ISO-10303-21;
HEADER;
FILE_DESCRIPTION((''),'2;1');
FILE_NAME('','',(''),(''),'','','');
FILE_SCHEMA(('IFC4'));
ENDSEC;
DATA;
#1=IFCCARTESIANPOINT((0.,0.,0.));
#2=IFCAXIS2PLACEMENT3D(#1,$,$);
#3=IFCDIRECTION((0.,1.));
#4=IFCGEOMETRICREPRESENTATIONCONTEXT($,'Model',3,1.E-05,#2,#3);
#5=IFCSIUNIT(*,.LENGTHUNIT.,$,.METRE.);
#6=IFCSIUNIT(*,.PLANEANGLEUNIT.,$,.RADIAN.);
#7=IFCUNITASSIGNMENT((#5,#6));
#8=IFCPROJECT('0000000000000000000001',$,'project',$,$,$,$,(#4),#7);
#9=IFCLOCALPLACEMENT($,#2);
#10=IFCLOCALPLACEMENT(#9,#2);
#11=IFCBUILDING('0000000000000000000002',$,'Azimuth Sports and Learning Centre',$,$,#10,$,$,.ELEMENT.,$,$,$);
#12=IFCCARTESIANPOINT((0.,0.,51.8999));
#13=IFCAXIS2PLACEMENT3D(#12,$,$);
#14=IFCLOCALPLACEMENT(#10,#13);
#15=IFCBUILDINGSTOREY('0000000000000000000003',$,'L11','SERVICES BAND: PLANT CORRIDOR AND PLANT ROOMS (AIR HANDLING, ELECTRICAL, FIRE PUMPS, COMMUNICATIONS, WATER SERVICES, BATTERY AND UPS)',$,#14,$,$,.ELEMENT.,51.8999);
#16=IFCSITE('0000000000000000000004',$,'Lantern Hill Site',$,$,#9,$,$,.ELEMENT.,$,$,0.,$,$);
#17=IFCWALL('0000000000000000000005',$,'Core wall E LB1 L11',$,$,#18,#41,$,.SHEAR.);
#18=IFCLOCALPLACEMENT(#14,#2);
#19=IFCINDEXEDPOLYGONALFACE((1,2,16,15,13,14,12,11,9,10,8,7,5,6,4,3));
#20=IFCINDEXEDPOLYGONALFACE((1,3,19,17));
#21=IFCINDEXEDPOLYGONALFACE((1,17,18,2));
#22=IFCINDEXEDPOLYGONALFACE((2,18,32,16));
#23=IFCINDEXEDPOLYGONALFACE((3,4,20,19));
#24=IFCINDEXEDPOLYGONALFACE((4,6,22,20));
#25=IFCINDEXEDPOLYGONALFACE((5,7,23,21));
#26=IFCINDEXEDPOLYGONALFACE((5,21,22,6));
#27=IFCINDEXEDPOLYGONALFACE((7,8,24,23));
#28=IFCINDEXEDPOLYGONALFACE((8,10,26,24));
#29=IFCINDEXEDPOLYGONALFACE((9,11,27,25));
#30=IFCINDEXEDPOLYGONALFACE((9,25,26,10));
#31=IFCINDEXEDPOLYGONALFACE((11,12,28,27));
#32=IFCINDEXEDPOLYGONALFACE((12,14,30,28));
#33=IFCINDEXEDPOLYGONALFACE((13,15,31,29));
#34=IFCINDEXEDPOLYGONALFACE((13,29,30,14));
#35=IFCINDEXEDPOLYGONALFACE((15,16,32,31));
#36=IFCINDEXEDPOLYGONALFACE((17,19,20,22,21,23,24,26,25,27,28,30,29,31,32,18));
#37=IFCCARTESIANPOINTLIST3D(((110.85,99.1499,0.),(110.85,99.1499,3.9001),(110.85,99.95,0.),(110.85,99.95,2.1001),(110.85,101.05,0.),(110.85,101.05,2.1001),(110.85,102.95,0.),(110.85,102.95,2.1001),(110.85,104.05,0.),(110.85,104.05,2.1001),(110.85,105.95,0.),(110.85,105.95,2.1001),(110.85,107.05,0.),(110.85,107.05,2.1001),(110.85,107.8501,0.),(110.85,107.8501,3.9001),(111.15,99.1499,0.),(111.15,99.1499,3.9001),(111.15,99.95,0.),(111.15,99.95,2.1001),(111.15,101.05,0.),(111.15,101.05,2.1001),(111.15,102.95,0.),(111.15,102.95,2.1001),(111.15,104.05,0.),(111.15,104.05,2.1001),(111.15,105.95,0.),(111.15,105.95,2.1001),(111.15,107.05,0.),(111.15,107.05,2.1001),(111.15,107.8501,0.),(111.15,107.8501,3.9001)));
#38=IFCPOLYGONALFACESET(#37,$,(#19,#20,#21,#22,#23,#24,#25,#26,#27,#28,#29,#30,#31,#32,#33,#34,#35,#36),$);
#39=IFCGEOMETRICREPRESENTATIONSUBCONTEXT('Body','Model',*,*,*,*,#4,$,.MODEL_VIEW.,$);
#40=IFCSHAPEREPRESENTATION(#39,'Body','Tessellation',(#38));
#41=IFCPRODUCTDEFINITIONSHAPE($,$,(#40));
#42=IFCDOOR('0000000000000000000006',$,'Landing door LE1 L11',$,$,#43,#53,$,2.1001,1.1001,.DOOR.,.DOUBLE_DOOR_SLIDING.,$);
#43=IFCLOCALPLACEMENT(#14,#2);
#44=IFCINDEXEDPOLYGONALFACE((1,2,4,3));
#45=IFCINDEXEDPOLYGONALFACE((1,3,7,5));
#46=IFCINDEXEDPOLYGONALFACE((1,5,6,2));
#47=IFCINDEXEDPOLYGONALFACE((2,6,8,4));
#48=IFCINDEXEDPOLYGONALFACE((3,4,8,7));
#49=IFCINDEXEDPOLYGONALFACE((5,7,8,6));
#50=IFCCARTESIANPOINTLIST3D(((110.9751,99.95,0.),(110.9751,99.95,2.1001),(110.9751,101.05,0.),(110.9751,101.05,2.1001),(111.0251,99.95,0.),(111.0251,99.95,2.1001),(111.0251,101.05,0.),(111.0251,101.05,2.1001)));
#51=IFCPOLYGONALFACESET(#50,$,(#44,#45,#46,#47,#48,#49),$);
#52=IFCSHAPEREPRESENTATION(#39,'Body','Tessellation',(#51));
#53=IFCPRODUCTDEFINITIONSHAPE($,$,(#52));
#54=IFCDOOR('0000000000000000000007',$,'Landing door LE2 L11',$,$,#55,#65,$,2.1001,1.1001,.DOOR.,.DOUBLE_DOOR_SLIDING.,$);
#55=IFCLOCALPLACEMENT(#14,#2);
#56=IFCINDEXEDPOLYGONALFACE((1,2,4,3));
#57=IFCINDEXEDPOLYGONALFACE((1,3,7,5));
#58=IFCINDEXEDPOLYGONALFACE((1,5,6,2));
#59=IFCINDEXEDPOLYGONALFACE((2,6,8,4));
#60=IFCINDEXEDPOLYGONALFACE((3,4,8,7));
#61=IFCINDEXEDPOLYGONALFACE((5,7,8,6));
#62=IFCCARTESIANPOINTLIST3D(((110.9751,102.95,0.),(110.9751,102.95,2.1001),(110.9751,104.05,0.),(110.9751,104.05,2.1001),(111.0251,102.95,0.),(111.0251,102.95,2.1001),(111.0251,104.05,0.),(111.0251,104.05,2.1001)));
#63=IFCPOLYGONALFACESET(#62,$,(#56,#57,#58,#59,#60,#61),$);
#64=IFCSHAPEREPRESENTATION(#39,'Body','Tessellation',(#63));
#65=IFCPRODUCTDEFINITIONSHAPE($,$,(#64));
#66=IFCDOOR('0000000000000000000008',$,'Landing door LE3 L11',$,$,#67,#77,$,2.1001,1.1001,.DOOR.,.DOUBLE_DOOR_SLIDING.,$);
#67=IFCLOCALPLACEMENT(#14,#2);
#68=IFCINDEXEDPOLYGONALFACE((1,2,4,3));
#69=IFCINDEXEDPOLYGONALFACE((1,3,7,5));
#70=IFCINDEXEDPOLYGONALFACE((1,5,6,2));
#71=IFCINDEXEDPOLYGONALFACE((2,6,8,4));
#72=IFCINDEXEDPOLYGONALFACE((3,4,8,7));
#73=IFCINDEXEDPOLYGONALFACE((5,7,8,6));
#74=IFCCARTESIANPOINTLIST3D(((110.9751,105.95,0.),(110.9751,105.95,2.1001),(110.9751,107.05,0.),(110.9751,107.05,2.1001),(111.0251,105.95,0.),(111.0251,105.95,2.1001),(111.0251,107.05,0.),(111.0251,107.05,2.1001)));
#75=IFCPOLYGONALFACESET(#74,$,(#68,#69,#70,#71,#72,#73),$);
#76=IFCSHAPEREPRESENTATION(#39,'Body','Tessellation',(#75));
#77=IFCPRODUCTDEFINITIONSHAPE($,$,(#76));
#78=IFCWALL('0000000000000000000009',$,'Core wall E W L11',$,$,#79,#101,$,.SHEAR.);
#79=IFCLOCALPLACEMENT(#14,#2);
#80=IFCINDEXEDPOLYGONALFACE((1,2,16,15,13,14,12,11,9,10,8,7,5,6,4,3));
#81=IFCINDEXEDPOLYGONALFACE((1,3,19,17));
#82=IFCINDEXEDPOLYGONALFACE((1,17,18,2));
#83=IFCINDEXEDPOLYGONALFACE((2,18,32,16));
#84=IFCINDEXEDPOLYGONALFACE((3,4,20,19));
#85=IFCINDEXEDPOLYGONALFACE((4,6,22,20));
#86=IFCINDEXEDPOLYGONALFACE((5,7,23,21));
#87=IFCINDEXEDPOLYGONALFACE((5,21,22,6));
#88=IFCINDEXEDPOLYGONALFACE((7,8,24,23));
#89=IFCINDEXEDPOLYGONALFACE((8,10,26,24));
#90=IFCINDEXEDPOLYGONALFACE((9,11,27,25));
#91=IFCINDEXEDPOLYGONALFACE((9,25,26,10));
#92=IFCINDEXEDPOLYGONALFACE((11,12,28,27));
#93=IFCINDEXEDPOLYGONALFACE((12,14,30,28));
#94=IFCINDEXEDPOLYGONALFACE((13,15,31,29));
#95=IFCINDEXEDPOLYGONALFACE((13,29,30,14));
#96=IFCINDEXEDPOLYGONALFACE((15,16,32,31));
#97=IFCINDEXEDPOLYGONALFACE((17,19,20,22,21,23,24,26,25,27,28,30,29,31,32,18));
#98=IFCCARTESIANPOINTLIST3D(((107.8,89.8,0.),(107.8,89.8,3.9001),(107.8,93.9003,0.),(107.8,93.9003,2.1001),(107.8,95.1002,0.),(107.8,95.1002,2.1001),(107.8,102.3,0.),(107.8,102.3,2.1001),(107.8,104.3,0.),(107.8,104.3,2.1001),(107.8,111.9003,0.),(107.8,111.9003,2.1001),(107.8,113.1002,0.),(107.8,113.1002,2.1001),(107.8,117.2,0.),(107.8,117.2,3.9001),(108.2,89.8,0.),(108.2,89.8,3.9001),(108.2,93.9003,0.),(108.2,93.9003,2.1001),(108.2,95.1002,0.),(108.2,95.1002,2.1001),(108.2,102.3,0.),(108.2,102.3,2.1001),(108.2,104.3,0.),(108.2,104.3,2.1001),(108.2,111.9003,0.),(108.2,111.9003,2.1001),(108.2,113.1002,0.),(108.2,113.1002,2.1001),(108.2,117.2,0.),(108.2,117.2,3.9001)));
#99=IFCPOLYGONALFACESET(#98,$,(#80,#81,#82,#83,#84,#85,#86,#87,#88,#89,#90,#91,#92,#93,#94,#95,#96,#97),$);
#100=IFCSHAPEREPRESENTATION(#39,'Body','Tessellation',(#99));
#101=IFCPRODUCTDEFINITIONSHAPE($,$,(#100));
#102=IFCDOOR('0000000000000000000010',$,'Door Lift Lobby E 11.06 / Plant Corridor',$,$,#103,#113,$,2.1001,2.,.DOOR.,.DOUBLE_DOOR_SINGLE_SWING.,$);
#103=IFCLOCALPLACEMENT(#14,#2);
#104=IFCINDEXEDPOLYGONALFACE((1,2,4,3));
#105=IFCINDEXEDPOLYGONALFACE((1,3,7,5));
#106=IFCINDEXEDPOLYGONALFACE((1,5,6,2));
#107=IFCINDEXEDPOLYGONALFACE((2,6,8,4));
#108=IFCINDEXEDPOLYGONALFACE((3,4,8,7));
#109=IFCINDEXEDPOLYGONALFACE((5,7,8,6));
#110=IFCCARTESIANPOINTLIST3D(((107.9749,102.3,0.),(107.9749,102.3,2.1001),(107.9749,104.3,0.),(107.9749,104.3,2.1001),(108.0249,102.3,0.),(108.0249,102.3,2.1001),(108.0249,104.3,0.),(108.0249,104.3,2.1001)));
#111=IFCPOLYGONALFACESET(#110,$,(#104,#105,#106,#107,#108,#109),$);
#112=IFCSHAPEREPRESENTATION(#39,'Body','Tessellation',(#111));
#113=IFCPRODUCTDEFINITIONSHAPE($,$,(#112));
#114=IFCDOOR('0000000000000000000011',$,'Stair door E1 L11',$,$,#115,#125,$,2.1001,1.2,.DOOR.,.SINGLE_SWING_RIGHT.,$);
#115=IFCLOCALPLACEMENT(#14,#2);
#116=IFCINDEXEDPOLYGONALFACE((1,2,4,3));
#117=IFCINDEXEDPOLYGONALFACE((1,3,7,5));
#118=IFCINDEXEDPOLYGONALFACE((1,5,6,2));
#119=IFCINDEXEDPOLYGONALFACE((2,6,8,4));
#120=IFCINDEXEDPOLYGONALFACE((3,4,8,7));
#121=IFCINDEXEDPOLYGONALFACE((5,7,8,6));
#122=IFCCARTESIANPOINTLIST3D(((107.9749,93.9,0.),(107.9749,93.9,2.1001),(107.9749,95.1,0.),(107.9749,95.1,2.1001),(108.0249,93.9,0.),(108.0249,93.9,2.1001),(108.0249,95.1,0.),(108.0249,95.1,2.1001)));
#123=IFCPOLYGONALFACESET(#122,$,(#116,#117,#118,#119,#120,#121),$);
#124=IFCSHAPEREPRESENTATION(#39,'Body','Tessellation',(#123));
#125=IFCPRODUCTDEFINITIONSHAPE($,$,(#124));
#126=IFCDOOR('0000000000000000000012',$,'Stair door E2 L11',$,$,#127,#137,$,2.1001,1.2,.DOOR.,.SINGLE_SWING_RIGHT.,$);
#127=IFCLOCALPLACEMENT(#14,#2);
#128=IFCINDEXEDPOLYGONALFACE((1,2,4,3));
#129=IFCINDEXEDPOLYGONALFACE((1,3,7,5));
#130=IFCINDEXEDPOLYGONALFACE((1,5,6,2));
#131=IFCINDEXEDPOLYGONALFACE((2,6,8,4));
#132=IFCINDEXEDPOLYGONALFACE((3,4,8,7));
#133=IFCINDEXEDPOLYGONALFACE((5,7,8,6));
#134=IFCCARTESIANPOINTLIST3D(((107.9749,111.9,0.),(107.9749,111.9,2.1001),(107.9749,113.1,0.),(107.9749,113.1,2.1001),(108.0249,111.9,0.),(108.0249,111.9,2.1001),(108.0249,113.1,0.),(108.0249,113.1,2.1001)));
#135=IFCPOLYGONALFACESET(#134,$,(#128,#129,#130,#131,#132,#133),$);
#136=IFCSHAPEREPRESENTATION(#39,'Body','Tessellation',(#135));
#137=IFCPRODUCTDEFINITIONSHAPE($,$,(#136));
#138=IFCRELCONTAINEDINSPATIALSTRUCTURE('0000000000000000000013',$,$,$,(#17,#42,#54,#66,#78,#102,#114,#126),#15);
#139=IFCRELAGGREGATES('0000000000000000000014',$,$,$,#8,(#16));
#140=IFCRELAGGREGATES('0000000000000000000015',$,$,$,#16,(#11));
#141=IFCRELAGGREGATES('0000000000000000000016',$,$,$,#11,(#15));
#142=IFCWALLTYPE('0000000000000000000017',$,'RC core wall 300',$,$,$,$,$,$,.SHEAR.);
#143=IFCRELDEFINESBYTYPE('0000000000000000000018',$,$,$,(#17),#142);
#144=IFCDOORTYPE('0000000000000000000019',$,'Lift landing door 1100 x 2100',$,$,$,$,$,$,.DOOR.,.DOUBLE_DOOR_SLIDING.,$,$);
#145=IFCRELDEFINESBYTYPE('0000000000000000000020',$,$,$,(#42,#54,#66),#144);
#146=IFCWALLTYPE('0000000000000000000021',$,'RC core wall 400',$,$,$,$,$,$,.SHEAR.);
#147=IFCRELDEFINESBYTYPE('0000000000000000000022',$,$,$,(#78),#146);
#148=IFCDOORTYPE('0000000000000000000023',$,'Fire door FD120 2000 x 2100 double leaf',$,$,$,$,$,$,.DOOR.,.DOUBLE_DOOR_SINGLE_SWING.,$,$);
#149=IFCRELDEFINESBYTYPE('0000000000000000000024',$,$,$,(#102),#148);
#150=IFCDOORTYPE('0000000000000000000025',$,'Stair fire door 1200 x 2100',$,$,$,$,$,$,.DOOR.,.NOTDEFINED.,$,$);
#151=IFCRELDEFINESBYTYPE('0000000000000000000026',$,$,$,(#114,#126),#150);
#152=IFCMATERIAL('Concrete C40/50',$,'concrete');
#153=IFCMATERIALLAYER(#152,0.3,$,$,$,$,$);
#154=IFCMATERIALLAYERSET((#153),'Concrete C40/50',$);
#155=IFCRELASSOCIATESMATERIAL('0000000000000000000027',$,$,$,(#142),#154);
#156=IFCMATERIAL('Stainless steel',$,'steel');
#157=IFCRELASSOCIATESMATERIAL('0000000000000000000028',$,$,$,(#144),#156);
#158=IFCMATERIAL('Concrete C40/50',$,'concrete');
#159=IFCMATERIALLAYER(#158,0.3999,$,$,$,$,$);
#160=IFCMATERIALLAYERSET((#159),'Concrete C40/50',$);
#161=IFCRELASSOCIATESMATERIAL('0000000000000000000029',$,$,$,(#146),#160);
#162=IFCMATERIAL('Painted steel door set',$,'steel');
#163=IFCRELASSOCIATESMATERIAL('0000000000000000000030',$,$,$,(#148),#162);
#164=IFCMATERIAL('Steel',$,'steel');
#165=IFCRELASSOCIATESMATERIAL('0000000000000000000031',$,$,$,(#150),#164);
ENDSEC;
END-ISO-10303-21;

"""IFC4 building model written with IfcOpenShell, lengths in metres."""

from ifc_helpers import new_model, si_unit, direction, frame, frame_2d, origin, place, context, subcontext, project, spatial, rectangle, extrude, material, layer, layer_set, type_object, element, fill, save


model = new_model("IFC4")

# Units and contexts
model_context = context("Model", 3, precision=1e-05, world=origin(), true_north=direction((0.0, 1.0)))
body_context = subcontext(model_context, "Body", "Model", "MODEL_VIEW")
ifc_project = project(units=[si_unit("LENGTHUNIT", "METRE"), si_unit("PLANEANGLEUNIT", "RADIAN")], contexts=[model_context])

# Site, building, storey
site_placement = place(None, origin())
site = spatial("IfcSite", under=ifc_project, at=site_placement, Name="Lantern Hill Site", CompositionType="ELEMENT", RefElevation=0.0)
building_placement = place(site_placement, origin())
building = spatial("IfcBuilding", under=site, at=building_placement, Name="Azimuth Sports and Learning Centre", CompositionType="ELEMENT")
storey_placement = place(building_placement, frame((0.0, 0.0, 51.8999)))
storey = spatial("IfcBuildingStorey", under=building, at=storey_placement, Name="L11", Description="SERVICES BAND: PLANT CORRIDOR AND PLANT ROOMS (AIR HANDLING, ELECTRICAL, FIRE PUMPS, COMMUNICATIONS, WATER SERVICES, BATTERY AND UPS)", CompositionType="ELEMENT", Elevation=51.8999)

# Shared definitions
ifc_material_1 = material(Name="Concrete C40/50", Category="concrete")
ifc_layer_1 = layer(ifc_material_1, 0.3)
ifc_layer_set_1 = layer_set([ifc_layer_1], Name="Concrete C40/50")
wall_type_1 = type_object("IfcWallType", Name="RC core wall 300", PredefinedType="SHEAR", material=ifc_layer_set_1)

# Walls, openings, doors
wall_1_placement = place(storey_placement, frame((111.0, 99.1499, 0.0), z_axis=(0.0, 0.0, 1.0), x_axis=(0.0, 1.0, 0.0)))
wall_1 = element("IfcWall", 1, at=wall_1_placement, inside=storey, type_object=wall_type_1, Name="Core wall E LB1 L11", PredefinedType="SHEAR", context=body_context, shape_type="SweptSolid", body=[
    extrude(rectangle(XDim=8.7002, YDim=0.3, at=frame_2d((4.3501, 0.0))), origin(), (0.0, 0.0, 1.0), 3.9001),
])
opening_1_placement = place(wall_1_placement, frame((0.8, 0.0, 0.0)))
opening_1 = element("IfcOpeningElement", 2, at=opening_1_placement, cuts=wall_1, PredefinedType="OPENING", context=body_context, shape_type="SweptSolid", body=[
    extrude(rectangle(XDim=1.1001, YDim=2.1001, at=frame_2d((0.55, 1.05))), frame((0.0, 0.1611, 0.0), z_axis=(0.0, -1.0, 0.0), x_axis=(1.0, 0.0, 0.0)), (0.0, 0.0, 1.0), 0.322),
])
opening_2_placement = place(wall_1_placement, frame((3.8, 0.0, 0.0)))
opening_2 = element("IfcOpeningElement", 3, at=opening_2_placement, cuts=wall_1, PredefinedType="OPENING", context=body_context, shape_type="SweptSolid", body=[
    extrude(rectangle(XDim=1.1001, YDim=2.1001, at=frame_2d((0.55, 1.05))), frame((0.0, 0.1611, 0.0), z_axis=(0.0, -1.0, 0.0), x_axis=(1.0, 0.0, 0.0)), (0.0, 0.0, 1.0), 0.322),
])
opening_3_placement = place(wall_1_placement, frame((6.8, 0.0, 0.0)))
opening_3 = element("IfcOpeningElement", 4, at=opening_3_placement, cuts=wall_1, PredefinedType="OPENING", context=body_context, shape_type="SweptSolid", body=[
    extrude(rectangle(XDim=1.1001, YDim=2.1001, at=frame_2d((0.55, 1.05))), frame((0.0, 0.1611, 0.0), z_axis=(0.0, -1.0, 0.0), x_axis=(1.0, 0.0, 0.0)), (0.0, 0.0, 1.0), 0.322),
])
ifc_material_2 = material(Name="Stainless steel", Category="steel")
door_type_1 = type_object("IfcDoorType", Name="Lift landing door 1100 x 2100", OperationType="DOUBLE_DOOR_SLIDING", PredefinedType="DOOR", material=ifc_material_2)
door_1_placement = place(opening_1_placement, origin())
door_1 = element("IfcDoor", 5, at=door_1_placement, inside=storey, type_object=door_type_1, Name="Landing door LE1 L11", OperationType="DOUBLE_DOOR_SLIDING", OverallHeight=2.1001, OverallWidth=1.1001, PredefinedType="DOOR", context=body_context, shape_type="SweptSolid", body=[
    extrude(rectangle(XDim=1.1001, YDim=2.1001, at=frame_2d((0.55, 1.05))), frame((0.0, 0.0249, 0.0), z_axis=(0.0, -1.0, 0.0), x_axis=(1.0, 0.0, 0.0)), (0.0, 0.0, 1.0), 0.05),
])
fill(opening_1, door_1)
door_2_placement = place(opening_2_placement, origin())
door_2 = element("IfcDoor", 6, at=door_2_placement, inside=storey, type_object=door_type_1, Name="Landing door LE2 L11", OperationType="DOUBLE_DOOR_SLIDING", OverallHeight=2.1001, OverallWidth=1.1001, PredefinedType="DOOR", context=body_context, shape_type="SweptSolid", body=[
    extrude(rectangle(XDim=1.1001, YDim=2.1001, at=frame_2d((0.55, 1.05))), frame((0.0, 0.0249, 0.0), z_axis=(0.0, -1.0, 0.0), x_axis=(1.0, 0.0, 0.0)), (0.0, 0.0, 1.0), 0.05),
])
fill(opening_2, door_2)
door_3_placement = place(opening_3_placement, origin())
door_3 = element("IfcDoor", 7, at=door_3_placement, inside=storey, type_object=door_type_1, Name="Landing door LE3 L11", OperationType="DOUBLE_DOOR_SLIDING", OverallHeight=2.1001, OverallWidth=1.1001, PredefinedType="DOOR", context=body_context, shape_type="SweptSolid", body=[
    extrude(rectangle(XDim=1.1001, YDim=2.1001, at=frame_2d((0.55, 1.05))), frame((0.0, 0.0249, 0.0), z_axis=(0.0, -1.0, 0.0), x_axis=(1.0, 0.0, 0.0)), (0.0, 0.0, 1.0), 0.05),
])
fill(opening_3, door_3)
ifc_material_3 = material(Name="Concrete C40/50", Category="concrete")
ifc_layer_2 = layer(ifc_material_3, 0.3999)
ifc_layer_set_2 = layer_set([ifc_layer_2], Name="Concrete C40/50")
wall_type_2 = type_object("IfcWallType", Name="RC core wall 400", PredefinedType="SHEAR", material=ifc_layer_set_2)
wall_2_placement = place(storey_placement, frame((108.0, 89.8, 0.0), z_axis=(0.0, 0.0, 1.0), x_axis=(0.0, 1.0, 0.0)))
wall_2 = element("IfcWall", 8, at=wall_2_placement, inside=storey, type_object=wall_type_2, Name="Core wall E W L11", PredefinedType="SHEAR", context=body_context, shape_type="SweptSolid", body=[
    extrude(rectangle(XDim=27.3999, YDim=0.3999, at=frame_2d((13.7, 0.0))), origin(), (0.0, 0.0, 1.0), 3.9001),
])
opening_4_placement = place(wall_2_placement, frame((4.1001, 0.0, 0.0)))
opening_4 = element("IfcOpeningElement", 9, at=opening_4_placement, cuts=wall_2, PredefinedType="OPENING", context=body_context, shape_type="SweptSolid", body=[
    extrude(rectangle(XDim=1.2, YDim=2.1001, at=frame_2d((0.6001, 1.05))), frame((0.0, 0.2109, 0.0), z_axis=(0.0, -1.0, 0.0), x_axis=(1.0, 0.0, 0.0)), (0.0, 0.0, 1.0), 0.4219),
])
opening_5_placement = place(wall_2_placement, frame((22.1001, 0.0, 0.0)))
opening_5 = element("IfcOpeningElement", 10, at=opening_5_placement, cuts=wall_2, PredefinedType="OPENING", context=body_context, shape_type="SweptSolid", body=[
    extrude(rectangle(XDim=1.2, YDim=2.1001, at=frame_2d((0.6001, 1.05))), frame((0.0, 0.2109, 0.0), z_axis=(0.0, -1.0, 0.0), x_axis=(1.0, 0.0, 0.0)), (0.0, 0.0, 1.0), 0.4219),
])
opening_6_placement = place(wall_2_placement, frame((12.5, 0.0, 0.0)))
opening_6 = element("IfcOpeningElement", 11, at=opening_6_placement, cuts=wall_2, PredefinedType="OPENING", context=body_context, shape_type="SweptSolid", body=[
    extrude(rectangle(XDim=2.0, YDim=2.1001, at=frame_2d((1.0, 1.05))), frame((0.0, 0.2109, 0.0), z_axis=(0.0, -1.0, 0.0), x_axis=(1.0, 0.0, 0.0)), (0.0, 0.0, 1.0), 0.4219),
])
ifc_material_4 = material(Name="Painted steel door set", Category="steel")
door_type_2 = type_object("IfcDoorType", Name="Fire door FD120 2000 x 2100 double leaf", OperationType="DOUBLE_DOOR_SINGLE_SWING", PredefinedType="DOOR", material=ifc_material_4)
door_4_placement = place(opening_6_placement, frame((2.0, 0.0, 0.0), z_axis=(0.0, 0.0, 1.0), x_axis=(-1.0, 0.0, 0.0)))
door_4 = element("IfcDoor", 12, at=door_4_placement, inside=storey, type_object=door_type_2, Name="Door Lift Lobby E 11.06 / Plant Corridor", OperationType="DOUBLE_DOOR_SINGLE_SWING", OverallHeight=2.1001, OverallWidth=2.0, PredefinedType="DOOR", context=body_context, shape_type="SweptSolid", body=[
    extrude(rectangle(XDim=2.0, YDim=2.1001, at=frame_2d((1.0, 1.05))), frame((0.0, 0.0249, 0.0), z_axis=(0.0, -1.0, 0.0), x_axis=(1.0, 0.0, 0.0)), (0.0, 0.0, 1.0), 0.05),
])
fill(opening_6, door_4)
ifc_material_5 = material(Name="Steel", Category="steel")
door_type_3 = type_object("IfcDoorType", Name="Stair fire door 1200 x 2100", OperationType="NOTDEFINED", PredefinedType="DOOR", material=ifc_material_5)
door_5_placement = place(opening_4_placement, frame((1.2, 0.0, 0.0), z_axis=(0.0, 0.0, 1.0), x_axis=(-1.0, 0.0, 0.0)))
door_5 = element("IfcDoor", 13, at=door_5_placement, inside=storey, type_object=door_type_3, Name="Stair door E1 L11", OperationType="SINGLE_SWING_RIGHT", OverallHeight=2.1001, OverallWidth=1.2, PredefinedType="DOOR", context=body_context, shape_type="SweptSolid", body=[
    extrude(rectangle(XDim=1.2, YDim=2.1001, at=frame_2d((0.6001, 1.05))), frame((0.0, 0.0249, 0.0), z_axis=(0.0, -1.0, 0.0), x_axis=(1.0, 0.0, 0.0)), (0.0, 0.0, 1.0), 0.05),
])
fill(opening_4, door_5)
door_6_placement = place(opening_5_placement, frame((1.2, 0.0, 0.0), z_axis=(0.0, 0.0, 1.0), x_axis=(-1.0, 0.0, 0.0)))
door_6 = element("IfcDoor", 14, at=door_6_placement, inside=storey, type_object=door_type_3, Name="Stair door E2 L11", OperationType="SINGLE_SWING_RIGHT", OverallHeight=2.1001, OverallWidth=1.2, PredefinedType="DOOR", context=body_context, shape_type="SweptSolid", body=[
    extrude(rectangle(XDim=1.2, YDim=2.1001, at=frame_2d((0.6001, 1.05))), frame((0.0, 0.0249, 0.0), z_axis=(0.0, -1.0, 0.0), x_axis=(1.0, 0.0, 0.0)), (0.0, 0.0, 1.0), 0.05),
])
fill(opening_5, door_6)

save(model, "model.ifc")
